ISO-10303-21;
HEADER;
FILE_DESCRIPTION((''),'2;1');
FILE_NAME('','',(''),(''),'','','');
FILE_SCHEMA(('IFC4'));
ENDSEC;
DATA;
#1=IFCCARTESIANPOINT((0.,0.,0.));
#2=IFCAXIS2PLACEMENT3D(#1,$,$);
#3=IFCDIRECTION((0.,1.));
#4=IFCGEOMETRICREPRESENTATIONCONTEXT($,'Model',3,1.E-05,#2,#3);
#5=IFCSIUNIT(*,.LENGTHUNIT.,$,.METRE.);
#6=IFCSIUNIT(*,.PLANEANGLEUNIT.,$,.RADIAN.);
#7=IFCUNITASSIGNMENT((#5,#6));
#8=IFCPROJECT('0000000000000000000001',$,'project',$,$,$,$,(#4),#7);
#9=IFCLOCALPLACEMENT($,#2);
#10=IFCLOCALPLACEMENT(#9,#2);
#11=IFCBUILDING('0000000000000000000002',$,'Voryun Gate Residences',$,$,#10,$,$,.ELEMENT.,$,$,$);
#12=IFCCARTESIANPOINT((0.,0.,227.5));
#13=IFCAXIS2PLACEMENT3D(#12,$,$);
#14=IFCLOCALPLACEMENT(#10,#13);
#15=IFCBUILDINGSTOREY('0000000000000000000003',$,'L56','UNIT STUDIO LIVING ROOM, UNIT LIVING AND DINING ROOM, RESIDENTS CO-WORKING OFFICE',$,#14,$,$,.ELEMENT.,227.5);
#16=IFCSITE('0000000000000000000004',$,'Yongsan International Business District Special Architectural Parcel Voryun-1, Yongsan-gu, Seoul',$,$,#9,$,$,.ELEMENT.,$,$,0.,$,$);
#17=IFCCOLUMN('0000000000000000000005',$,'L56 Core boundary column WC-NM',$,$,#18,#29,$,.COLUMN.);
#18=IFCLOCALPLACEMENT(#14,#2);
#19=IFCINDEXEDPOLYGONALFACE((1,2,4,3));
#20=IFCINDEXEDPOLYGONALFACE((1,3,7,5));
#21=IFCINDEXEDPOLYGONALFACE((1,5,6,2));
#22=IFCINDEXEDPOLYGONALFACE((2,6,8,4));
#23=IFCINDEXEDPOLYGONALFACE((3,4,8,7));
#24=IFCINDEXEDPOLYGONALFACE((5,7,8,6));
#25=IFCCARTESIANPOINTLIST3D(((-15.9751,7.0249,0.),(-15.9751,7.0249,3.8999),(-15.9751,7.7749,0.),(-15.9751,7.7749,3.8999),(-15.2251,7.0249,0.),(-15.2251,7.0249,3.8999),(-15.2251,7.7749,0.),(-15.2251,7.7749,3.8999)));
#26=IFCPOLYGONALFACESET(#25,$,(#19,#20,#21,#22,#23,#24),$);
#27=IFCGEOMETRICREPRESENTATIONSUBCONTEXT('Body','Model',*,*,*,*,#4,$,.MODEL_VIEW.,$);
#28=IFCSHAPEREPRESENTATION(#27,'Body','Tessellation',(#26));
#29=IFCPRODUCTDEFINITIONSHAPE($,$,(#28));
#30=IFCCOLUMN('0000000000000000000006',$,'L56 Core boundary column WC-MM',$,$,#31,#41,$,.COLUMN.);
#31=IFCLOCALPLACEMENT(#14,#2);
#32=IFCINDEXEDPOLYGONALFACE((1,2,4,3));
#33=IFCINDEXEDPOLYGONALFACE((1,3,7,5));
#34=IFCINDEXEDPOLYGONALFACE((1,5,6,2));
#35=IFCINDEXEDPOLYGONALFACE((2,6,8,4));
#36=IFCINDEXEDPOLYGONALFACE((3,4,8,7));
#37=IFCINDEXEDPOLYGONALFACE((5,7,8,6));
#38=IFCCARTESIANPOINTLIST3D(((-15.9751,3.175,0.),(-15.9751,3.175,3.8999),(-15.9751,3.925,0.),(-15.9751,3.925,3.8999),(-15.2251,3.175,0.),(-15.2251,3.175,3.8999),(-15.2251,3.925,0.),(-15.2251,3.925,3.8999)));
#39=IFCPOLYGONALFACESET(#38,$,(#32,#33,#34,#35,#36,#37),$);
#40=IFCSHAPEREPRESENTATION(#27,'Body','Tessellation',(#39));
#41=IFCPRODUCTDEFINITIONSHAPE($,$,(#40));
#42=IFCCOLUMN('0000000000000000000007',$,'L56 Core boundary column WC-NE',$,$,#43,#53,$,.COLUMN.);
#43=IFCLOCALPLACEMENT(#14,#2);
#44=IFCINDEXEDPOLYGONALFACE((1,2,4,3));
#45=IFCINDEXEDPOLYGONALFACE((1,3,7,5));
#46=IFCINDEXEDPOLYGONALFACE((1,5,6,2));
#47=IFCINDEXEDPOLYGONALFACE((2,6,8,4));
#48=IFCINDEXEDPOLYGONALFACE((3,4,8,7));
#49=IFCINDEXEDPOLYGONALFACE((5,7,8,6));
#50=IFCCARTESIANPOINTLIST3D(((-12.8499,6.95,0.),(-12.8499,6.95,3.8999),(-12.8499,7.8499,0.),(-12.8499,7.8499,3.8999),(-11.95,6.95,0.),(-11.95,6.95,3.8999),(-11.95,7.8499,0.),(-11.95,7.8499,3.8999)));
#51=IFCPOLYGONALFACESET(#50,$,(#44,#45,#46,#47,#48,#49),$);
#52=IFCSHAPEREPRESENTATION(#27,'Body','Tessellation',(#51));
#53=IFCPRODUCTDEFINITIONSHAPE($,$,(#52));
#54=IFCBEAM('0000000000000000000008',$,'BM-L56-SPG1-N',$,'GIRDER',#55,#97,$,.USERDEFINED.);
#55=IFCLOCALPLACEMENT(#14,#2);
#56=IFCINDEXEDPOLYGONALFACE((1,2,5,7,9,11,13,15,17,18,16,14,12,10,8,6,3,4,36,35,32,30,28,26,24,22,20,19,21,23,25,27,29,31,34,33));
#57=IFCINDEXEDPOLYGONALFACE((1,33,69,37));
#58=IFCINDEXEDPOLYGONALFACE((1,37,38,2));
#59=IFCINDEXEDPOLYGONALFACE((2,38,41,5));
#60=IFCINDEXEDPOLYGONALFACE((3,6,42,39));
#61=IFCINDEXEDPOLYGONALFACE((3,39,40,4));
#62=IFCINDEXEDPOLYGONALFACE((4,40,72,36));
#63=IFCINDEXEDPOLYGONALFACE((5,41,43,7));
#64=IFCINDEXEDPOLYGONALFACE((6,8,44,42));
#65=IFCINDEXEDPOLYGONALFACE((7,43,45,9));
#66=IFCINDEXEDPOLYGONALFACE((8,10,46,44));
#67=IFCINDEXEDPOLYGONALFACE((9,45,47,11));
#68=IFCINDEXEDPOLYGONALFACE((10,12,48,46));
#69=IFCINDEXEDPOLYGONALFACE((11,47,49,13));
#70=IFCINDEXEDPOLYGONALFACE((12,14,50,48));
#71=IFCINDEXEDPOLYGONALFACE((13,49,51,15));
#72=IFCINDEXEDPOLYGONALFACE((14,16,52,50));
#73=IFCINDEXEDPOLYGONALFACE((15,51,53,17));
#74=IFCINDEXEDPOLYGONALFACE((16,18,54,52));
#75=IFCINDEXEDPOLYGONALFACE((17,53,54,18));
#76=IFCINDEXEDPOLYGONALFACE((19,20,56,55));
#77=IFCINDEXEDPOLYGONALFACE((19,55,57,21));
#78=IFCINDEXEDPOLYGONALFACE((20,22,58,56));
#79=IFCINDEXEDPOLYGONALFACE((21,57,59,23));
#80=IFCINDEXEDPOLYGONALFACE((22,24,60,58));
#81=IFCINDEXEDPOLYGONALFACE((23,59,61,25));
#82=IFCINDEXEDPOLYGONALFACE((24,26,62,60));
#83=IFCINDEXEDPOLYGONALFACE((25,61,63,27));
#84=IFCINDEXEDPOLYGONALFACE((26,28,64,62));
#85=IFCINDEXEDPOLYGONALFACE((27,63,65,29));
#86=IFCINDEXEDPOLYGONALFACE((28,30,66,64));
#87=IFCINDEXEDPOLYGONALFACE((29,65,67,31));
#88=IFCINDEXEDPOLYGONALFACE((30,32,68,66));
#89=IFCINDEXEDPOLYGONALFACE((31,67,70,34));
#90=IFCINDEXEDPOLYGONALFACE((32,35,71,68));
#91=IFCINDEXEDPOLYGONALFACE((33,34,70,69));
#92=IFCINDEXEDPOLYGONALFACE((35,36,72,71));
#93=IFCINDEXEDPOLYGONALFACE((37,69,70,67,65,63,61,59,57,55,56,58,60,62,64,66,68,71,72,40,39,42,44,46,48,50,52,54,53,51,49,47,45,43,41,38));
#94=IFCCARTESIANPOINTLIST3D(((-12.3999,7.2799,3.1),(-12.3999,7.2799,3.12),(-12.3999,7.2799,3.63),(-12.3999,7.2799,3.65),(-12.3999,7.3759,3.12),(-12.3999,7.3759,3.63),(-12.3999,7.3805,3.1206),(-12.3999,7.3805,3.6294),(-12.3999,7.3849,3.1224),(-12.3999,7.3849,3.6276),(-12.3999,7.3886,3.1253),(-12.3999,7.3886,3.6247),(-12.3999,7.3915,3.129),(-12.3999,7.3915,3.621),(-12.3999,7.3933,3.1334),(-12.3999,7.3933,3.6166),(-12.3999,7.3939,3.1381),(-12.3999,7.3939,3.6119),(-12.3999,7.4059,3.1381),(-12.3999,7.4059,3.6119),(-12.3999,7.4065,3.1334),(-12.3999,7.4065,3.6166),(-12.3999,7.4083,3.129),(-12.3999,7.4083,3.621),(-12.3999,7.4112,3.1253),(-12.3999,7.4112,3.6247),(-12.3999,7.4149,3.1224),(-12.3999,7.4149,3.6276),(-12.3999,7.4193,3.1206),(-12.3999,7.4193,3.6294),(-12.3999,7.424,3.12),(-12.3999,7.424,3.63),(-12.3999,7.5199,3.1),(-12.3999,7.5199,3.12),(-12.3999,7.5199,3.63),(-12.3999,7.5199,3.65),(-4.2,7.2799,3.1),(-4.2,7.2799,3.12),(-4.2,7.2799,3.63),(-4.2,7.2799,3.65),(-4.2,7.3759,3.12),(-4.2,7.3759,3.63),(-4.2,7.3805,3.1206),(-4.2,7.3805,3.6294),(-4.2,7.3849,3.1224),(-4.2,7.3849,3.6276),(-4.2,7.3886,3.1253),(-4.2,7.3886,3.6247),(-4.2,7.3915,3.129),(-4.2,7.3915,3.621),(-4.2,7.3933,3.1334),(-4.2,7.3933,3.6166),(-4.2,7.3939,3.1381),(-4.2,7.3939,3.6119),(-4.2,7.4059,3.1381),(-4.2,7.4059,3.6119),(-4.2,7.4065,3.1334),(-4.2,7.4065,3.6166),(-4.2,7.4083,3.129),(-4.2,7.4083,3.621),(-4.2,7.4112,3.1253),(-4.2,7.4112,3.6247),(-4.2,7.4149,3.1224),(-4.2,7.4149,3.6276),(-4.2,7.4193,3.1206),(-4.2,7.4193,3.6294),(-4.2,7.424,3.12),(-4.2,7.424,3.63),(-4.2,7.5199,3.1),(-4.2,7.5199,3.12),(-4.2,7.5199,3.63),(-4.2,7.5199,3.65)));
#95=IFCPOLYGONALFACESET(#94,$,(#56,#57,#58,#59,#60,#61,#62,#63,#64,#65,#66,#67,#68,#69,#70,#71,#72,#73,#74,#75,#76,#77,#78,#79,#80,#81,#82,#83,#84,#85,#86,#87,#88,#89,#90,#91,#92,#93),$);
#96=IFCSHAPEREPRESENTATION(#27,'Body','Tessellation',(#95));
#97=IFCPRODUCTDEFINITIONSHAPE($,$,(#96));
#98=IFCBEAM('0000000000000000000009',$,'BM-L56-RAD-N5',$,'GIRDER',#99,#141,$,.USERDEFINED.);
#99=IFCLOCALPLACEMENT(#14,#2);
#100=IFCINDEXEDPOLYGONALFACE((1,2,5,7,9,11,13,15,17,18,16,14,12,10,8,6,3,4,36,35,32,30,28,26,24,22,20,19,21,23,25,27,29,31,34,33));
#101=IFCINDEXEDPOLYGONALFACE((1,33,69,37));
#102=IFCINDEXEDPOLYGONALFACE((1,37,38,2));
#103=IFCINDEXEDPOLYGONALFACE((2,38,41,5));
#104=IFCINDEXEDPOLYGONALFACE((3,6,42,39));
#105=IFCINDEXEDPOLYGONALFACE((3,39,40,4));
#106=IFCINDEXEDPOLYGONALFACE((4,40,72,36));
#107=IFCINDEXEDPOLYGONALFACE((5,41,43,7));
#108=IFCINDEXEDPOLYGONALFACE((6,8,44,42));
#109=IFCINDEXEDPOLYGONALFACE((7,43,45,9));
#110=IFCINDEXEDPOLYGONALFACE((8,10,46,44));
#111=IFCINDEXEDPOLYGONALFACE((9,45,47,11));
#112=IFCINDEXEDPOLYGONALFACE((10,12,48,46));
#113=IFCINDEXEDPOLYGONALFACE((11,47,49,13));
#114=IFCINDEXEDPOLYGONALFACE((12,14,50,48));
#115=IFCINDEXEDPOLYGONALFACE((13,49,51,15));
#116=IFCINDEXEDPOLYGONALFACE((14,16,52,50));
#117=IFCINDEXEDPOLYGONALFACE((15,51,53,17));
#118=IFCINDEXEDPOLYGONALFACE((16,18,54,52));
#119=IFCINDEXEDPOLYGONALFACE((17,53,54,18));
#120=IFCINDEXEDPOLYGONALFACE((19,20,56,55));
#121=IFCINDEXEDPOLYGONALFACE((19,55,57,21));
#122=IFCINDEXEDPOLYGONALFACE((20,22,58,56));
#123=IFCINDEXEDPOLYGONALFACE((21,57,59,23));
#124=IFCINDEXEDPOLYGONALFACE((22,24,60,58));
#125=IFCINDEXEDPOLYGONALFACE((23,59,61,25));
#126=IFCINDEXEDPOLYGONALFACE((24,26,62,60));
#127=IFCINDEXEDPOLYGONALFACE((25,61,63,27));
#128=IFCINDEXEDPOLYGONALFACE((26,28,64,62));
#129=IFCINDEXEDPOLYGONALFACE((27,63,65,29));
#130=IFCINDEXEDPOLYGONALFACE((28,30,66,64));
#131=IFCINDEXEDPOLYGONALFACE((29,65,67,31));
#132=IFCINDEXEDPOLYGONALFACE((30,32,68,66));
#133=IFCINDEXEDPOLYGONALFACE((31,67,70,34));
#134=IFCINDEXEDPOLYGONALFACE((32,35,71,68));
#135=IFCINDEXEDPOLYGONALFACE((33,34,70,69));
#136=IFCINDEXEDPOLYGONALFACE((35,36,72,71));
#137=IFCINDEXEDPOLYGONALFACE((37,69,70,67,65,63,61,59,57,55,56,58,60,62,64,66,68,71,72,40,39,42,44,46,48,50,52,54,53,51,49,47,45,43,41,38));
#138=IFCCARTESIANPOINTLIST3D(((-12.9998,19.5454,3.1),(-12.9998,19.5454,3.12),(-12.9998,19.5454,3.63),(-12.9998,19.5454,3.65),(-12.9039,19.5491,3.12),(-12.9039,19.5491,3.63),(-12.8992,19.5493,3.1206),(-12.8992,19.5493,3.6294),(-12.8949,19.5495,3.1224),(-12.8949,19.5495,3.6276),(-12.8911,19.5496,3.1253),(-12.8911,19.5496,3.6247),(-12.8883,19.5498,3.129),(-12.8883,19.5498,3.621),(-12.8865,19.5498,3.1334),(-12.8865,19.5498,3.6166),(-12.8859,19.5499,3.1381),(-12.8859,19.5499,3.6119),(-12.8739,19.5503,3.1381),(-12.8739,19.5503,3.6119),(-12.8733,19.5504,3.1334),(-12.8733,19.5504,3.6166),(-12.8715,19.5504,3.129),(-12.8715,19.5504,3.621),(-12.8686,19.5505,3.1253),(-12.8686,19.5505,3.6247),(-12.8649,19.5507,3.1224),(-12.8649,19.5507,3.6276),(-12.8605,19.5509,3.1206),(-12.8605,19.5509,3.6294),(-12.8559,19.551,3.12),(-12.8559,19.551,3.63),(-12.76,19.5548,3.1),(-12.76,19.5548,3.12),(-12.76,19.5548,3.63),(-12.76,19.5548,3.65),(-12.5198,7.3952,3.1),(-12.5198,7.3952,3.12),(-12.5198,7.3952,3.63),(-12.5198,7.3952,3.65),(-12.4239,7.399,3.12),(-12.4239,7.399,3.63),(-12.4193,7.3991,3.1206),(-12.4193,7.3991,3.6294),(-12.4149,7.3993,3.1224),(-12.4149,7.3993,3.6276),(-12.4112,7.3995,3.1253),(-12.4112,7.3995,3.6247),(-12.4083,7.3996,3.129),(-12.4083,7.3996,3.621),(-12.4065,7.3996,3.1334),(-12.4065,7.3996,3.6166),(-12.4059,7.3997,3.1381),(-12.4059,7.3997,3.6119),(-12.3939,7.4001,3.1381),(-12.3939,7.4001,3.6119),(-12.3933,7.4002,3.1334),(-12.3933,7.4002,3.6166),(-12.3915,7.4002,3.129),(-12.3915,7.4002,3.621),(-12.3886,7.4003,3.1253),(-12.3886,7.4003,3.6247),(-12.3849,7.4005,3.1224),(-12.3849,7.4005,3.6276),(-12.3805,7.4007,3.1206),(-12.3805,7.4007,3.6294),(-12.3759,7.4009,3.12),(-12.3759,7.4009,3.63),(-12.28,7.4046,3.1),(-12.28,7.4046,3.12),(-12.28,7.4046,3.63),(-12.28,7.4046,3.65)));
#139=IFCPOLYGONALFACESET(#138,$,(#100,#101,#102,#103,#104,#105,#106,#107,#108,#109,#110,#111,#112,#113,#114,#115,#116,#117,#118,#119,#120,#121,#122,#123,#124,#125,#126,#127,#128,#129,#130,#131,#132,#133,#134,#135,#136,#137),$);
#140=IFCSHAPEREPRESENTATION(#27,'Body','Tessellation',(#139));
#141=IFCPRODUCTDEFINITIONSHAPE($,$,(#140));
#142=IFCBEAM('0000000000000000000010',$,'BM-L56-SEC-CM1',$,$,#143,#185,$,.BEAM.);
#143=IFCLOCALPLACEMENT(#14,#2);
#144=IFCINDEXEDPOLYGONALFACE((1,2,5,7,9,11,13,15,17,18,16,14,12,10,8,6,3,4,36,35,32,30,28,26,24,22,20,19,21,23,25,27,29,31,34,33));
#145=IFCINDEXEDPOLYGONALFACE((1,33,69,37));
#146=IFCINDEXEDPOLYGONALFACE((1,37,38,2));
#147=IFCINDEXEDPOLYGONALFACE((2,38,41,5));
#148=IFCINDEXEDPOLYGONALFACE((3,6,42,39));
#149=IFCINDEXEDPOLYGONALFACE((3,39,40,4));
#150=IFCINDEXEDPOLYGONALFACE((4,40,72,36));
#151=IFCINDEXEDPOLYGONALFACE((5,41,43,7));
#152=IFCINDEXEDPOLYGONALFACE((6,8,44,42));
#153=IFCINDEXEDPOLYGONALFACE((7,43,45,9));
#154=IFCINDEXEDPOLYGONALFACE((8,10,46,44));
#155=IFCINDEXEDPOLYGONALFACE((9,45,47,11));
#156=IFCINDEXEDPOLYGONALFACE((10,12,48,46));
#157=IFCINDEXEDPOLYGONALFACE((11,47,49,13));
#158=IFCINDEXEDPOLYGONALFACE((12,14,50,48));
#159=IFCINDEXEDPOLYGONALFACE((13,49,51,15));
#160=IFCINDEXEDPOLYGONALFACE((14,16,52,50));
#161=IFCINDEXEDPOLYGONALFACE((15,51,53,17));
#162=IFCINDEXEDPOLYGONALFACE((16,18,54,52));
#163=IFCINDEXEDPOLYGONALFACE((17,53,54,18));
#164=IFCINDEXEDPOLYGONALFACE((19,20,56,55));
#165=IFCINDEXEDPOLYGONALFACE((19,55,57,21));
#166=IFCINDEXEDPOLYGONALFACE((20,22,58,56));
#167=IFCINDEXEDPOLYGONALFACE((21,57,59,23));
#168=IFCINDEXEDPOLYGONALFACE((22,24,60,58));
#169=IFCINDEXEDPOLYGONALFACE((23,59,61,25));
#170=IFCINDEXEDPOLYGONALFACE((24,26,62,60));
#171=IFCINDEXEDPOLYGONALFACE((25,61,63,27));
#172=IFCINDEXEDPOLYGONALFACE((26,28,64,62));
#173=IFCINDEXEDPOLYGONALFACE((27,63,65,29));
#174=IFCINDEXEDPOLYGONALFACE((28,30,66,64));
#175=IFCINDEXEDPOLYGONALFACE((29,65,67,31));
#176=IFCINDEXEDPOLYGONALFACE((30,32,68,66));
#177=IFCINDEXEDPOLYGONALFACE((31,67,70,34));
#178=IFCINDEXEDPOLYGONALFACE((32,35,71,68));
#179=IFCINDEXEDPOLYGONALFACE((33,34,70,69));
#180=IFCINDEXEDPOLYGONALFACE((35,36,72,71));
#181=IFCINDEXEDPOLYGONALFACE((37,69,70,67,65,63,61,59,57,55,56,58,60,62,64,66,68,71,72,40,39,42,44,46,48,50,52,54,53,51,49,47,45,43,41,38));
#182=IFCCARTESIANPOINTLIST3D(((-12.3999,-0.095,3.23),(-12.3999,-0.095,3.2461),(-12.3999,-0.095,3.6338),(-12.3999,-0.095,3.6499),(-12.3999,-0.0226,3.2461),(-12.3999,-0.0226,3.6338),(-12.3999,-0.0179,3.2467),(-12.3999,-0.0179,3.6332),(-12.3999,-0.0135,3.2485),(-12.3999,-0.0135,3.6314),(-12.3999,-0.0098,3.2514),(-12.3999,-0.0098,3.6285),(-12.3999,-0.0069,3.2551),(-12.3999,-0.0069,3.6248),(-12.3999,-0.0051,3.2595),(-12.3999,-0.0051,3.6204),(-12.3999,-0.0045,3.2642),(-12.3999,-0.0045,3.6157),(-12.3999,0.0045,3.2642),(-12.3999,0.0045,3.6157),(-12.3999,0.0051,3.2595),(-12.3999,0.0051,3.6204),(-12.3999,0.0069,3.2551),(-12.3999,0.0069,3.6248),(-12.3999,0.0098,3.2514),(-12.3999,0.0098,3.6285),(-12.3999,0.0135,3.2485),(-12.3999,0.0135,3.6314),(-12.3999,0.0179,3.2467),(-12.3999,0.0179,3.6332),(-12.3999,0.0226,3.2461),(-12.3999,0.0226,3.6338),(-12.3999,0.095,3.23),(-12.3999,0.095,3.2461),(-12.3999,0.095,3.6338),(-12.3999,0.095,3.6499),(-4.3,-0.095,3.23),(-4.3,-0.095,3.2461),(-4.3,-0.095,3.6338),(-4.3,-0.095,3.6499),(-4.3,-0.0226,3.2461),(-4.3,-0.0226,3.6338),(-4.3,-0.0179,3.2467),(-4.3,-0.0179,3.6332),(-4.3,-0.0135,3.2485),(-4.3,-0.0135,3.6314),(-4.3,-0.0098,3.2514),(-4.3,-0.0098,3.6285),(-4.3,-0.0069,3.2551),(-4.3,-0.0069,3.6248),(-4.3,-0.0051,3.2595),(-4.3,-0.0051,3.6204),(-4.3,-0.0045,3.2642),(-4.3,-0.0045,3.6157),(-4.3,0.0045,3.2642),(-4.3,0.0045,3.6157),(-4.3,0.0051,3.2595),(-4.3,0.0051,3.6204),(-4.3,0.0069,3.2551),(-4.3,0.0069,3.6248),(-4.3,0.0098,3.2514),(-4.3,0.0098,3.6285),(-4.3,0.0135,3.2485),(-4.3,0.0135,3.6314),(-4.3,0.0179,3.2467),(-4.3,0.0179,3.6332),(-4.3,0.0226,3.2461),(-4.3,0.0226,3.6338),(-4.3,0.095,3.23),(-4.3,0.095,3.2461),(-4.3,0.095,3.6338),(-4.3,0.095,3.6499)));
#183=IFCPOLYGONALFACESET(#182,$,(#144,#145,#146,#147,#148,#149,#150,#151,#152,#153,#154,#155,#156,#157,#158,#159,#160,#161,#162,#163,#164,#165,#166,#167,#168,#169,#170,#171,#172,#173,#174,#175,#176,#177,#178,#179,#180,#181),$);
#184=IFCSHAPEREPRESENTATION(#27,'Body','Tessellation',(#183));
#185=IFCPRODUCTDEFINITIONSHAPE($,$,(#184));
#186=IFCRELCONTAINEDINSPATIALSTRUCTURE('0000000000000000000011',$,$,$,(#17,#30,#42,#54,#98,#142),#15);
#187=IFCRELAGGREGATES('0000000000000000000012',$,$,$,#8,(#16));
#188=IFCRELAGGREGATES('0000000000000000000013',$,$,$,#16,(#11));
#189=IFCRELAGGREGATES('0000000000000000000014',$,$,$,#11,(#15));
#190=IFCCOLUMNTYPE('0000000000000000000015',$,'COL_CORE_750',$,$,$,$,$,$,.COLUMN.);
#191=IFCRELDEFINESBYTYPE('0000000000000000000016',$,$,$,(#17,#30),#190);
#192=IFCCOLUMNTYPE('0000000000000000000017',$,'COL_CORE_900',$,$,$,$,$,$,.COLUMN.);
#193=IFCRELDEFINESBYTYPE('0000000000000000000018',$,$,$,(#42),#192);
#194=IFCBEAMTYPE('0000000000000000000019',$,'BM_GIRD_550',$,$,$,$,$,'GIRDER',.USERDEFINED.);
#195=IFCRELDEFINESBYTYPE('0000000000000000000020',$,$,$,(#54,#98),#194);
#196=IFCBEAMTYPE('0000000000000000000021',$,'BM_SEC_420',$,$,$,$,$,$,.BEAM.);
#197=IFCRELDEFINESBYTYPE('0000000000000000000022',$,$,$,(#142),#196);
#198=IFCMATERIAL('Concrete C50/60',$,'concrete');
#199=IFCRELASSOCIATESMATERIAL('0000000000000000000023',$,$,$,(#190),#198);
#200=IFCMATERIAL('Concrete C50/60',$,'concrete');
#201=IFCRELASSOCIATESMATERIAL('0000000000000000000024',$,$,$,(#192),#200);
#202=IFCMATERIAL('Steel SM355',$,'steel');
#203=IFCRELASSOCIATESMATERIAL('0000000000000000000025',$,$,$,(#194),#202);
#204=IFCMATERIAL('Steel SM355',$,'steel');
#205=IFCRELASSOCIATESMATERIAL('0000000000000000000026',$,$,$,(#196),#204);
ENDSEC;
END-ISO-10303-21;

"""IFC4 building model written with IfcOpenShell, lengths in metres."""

from ifc_helpers import new_model, si_unit, direction, frame, origin, origin_2d, place, context, subcontext, project, spatial, rectangle, i_section, extrude, material, material_profile, profile_set, type_object, element, save


model = new_model("IFC4")

# Units and contexts
model_context = context("Model", 3, precision=1e-05, world=origin(), true_north=direction((0.0, 1.0)))
body_context = subcontext(model_context, "Body", "Model", "MODEL_VIEW")
ifc_project = project(units=[si_unit("LENGTHUNIT", "METRE"), si_unit("PLANEANGLEUNIT", "RADIAN")], contexts=[model_context])

# Site, building, storey
site_placement = place(None, origin())
site = spatial("IfcSite", under=ifc_project, at=site_placement, Name="Yongsan International Business District Special Architectural Parcel Voryun-1, Yongsan-gu, Seoul", CompositionType="ELEMENT", RefElevation=0.0)
building_placement = place(site_placement, origin())
building = spatial("IfcBuilding", under=site, at=building_placement, Name="Voryun Gate Residences", CompositionType="ELEMENT")
storey_placement = place(building_placement, frame((0.0, 0.0, 227.5)))
storey = spatial("IfcBuildingStorey", under=building, at=storey_placement, Name="L56", Description="UNIT STUDIO LIVING ROOM, UNIT LIVING AND DINING ROOM, RESIDENTS CO-WORKING OFFICE", CompositionType="ELEMENT", Elevation=227.5)

# Columns
ifc_material_1 = material(Name="Concrete C50/60", Category="concrete")
ifc_material_profile_1 = material_profile(ifc_material_1, rectangle(XDim=0.75, YDim=0.75, at=origin_2d()), Name="RC-750x750")
ifc_profile_set_1 = profile_set([ifc_material_profile_1], Name="Concrete C50/60")
column_type_1 = type_object("IfcColumnType", Name="COL_CORE_750", PredefinedType="COLUMN", material=ifc_profile_set_1)
for number, where, z_axis, x_axis, name in (
    (1, (-15.6001, 7.3999, 0.0), (0.0, 0.0, 1.0), (1.0, 0.0, 0.0), "L56 Core boundary column WC-NM"),
    (2, (-15.6001, 3.55, 0.0), (0.0, 0.0, 1.0), (1.0, 0.0, 0.0), "L56 Core boundary column WC-MM"),
):
    element("IfcColumn", number, at=place(storey_placement, frame(where, z_axis=z_axis, x_axis=x_axis)), inside=storey, type_object=column_type_1, Name=name, PredefinedType="COLUMN", context=body_context, shape_type="SweptSolid", body=[
        extrude(rectangle(XDim=0.75, YDim=0.75, at=origin_2d()), origin(), (0.0, 0.0, 1.0), 3.8999),
    ])
ifc_material_2 = material(Name="Concrete C50/60", Category="concrete")
ifc_material_profile_2 = material_profile(ifc_material_2, rectangle(XDim=0.8999, YDim=0.8999, at=origin_2d()), Name="RC-900x900")
ifc_profile_set_2 = profile_set([ifc_material_profile_2], Name="Concrete C50/60")
column_type_2 = type_object("IfcColumnType", Name="COL_CORE_900", PredefinedType="COLUMN", material=ifc_profile_set_2)
column_placement = place(storey_placement, frame((-12.3999, 7.3999, 0.0), z_axis=(0.0, 0.0, 1.0), x_axis=(1.0, 0.0, 0.0)))
element("IfcColumn", 3, at=column_placement, inside=storey, type_object=column_type_2, Name="L56 Core boundary column WC-NE", PredefinedType="COLUMN", context=body_context, shape_type="SweptSolid", body=[
    extrude(rectangle(XDim=0.8999, YDim=0.8999, at=origin_2d()), origin(), (0.0, 0.0, 1.0), 3.8999),
])

# Beams
ifc_material_3 = material(Name="Steel SM355", Category="steel")
ifc_material_profile_3 = material_profile(ifc_material_3, i_section(OverallWidth=0.24, OverallDepth=0.55, WebThickness=0.012, FlangeThickness=0.02, FilletRadius=0.0181, at=origin_2d()), Name="H-550x240x12x20")
ifc_profile_set_3 = profile_set([ifc_material_profile_3], Name="Steel SM355")
beam_type_1 = type_object("IfcBeamType", Name="BM_GIRD_550", ElementType="GIRDER", PredefinedType="USERDEFINED", material=ifc_profile_set_3)
beam_1_placement = place(storey_placement, frame((-12.3999, 7.3999, 3.375), z_axis=(1.0, 0.0, 0.0), x_axis=(0.0, 1.0, 0.0)))
element("IfcBeam", 4, at=beam_1_placement, inside=storey, type_object=beam_type_1, Name="BM-L56-SPG1-N", ObjectType="GIRDER", PredefinedType="USERDEFINED", context=body_context, shape_type="SweptSolid", body=[
    extrude(i_section(OverallWidth=0.24, OverallDepth=0.55, WebThickness=0.012, FlangeThickness=0.02, FilletRadius=0.0181, at=origin_2d()), origin(), (0.0, 0.0, 1.0), 8.2),
])
beam_2_placement = place(storey_placement, frame((-12.3999, 7.3999, 3.375), z_axis=(-0.039473, 0.999221, 0.0), x_axis=(-0.999221, -0.039473, 0.0)))
element("IfcBeam", 5, at=beam_2_placement, inside=storey, type_object=beam_type_1, Name="BM-L56-RAD-N5", ObjectType="GIRDER", PredefinedType="USERDEFINED", context=body_context, shape_type="SweptSolid", body=[
    extrude(i_section(OverallWidth=0.24, OverallDepth=0.55, WebThickness=0.012, FlangeThickness=0.02, FilletRadius=0.0181, at=origin_2d()), origin(), (0.0, 0.0, 1.0), 12.1597),
])
ifc_material_4 = material(Name="Steel SM355", Category="steel")
ifc_material_profile_4 = material_profile(ifc_material_4, i_section(OverallWidth=0.1899, OverallDepth=0.4199, WebThickness=0.009, FlangeThickness=0.0161, FilletRadius=0.0181, at=origin_2d()), Name="H-420x190x9x16")
ifc_profile_set_4 = profile_set([ifc_material_profile_4], Name="Steel SM355")
beam_type_2 = type_object("IfcBeamType", Name="BM_SEC_420", PredefinedType="BEAM", material=ifc_profile_set_4)
beam_3_placement = place(storey_placement, frame((-12.3999, 0.0, 3.4399), z_axis=(1.0, 0.0, 0.0), x_axis=(0.0, 1.0, 0.0)))
element("IfcBeam", 6, at=beam_3_placement, inside=storey, type_object=beam_type_2, Name="BM-L56-SEC-CM1", PredefinedType="BEAM", context=body_context, shape_type="SweptSolid", body=[
    extrude(i_section(OverallWidth=0.1899, OverallDepth=0.4199, WebThickness=0.009, FlangeThickness=0.0161, FilletRadius=0.0181, at=origin_2d()), origin(), (0.0, 0.0, 1.0), 8.0999),
])

save(model, "model.ifc")
